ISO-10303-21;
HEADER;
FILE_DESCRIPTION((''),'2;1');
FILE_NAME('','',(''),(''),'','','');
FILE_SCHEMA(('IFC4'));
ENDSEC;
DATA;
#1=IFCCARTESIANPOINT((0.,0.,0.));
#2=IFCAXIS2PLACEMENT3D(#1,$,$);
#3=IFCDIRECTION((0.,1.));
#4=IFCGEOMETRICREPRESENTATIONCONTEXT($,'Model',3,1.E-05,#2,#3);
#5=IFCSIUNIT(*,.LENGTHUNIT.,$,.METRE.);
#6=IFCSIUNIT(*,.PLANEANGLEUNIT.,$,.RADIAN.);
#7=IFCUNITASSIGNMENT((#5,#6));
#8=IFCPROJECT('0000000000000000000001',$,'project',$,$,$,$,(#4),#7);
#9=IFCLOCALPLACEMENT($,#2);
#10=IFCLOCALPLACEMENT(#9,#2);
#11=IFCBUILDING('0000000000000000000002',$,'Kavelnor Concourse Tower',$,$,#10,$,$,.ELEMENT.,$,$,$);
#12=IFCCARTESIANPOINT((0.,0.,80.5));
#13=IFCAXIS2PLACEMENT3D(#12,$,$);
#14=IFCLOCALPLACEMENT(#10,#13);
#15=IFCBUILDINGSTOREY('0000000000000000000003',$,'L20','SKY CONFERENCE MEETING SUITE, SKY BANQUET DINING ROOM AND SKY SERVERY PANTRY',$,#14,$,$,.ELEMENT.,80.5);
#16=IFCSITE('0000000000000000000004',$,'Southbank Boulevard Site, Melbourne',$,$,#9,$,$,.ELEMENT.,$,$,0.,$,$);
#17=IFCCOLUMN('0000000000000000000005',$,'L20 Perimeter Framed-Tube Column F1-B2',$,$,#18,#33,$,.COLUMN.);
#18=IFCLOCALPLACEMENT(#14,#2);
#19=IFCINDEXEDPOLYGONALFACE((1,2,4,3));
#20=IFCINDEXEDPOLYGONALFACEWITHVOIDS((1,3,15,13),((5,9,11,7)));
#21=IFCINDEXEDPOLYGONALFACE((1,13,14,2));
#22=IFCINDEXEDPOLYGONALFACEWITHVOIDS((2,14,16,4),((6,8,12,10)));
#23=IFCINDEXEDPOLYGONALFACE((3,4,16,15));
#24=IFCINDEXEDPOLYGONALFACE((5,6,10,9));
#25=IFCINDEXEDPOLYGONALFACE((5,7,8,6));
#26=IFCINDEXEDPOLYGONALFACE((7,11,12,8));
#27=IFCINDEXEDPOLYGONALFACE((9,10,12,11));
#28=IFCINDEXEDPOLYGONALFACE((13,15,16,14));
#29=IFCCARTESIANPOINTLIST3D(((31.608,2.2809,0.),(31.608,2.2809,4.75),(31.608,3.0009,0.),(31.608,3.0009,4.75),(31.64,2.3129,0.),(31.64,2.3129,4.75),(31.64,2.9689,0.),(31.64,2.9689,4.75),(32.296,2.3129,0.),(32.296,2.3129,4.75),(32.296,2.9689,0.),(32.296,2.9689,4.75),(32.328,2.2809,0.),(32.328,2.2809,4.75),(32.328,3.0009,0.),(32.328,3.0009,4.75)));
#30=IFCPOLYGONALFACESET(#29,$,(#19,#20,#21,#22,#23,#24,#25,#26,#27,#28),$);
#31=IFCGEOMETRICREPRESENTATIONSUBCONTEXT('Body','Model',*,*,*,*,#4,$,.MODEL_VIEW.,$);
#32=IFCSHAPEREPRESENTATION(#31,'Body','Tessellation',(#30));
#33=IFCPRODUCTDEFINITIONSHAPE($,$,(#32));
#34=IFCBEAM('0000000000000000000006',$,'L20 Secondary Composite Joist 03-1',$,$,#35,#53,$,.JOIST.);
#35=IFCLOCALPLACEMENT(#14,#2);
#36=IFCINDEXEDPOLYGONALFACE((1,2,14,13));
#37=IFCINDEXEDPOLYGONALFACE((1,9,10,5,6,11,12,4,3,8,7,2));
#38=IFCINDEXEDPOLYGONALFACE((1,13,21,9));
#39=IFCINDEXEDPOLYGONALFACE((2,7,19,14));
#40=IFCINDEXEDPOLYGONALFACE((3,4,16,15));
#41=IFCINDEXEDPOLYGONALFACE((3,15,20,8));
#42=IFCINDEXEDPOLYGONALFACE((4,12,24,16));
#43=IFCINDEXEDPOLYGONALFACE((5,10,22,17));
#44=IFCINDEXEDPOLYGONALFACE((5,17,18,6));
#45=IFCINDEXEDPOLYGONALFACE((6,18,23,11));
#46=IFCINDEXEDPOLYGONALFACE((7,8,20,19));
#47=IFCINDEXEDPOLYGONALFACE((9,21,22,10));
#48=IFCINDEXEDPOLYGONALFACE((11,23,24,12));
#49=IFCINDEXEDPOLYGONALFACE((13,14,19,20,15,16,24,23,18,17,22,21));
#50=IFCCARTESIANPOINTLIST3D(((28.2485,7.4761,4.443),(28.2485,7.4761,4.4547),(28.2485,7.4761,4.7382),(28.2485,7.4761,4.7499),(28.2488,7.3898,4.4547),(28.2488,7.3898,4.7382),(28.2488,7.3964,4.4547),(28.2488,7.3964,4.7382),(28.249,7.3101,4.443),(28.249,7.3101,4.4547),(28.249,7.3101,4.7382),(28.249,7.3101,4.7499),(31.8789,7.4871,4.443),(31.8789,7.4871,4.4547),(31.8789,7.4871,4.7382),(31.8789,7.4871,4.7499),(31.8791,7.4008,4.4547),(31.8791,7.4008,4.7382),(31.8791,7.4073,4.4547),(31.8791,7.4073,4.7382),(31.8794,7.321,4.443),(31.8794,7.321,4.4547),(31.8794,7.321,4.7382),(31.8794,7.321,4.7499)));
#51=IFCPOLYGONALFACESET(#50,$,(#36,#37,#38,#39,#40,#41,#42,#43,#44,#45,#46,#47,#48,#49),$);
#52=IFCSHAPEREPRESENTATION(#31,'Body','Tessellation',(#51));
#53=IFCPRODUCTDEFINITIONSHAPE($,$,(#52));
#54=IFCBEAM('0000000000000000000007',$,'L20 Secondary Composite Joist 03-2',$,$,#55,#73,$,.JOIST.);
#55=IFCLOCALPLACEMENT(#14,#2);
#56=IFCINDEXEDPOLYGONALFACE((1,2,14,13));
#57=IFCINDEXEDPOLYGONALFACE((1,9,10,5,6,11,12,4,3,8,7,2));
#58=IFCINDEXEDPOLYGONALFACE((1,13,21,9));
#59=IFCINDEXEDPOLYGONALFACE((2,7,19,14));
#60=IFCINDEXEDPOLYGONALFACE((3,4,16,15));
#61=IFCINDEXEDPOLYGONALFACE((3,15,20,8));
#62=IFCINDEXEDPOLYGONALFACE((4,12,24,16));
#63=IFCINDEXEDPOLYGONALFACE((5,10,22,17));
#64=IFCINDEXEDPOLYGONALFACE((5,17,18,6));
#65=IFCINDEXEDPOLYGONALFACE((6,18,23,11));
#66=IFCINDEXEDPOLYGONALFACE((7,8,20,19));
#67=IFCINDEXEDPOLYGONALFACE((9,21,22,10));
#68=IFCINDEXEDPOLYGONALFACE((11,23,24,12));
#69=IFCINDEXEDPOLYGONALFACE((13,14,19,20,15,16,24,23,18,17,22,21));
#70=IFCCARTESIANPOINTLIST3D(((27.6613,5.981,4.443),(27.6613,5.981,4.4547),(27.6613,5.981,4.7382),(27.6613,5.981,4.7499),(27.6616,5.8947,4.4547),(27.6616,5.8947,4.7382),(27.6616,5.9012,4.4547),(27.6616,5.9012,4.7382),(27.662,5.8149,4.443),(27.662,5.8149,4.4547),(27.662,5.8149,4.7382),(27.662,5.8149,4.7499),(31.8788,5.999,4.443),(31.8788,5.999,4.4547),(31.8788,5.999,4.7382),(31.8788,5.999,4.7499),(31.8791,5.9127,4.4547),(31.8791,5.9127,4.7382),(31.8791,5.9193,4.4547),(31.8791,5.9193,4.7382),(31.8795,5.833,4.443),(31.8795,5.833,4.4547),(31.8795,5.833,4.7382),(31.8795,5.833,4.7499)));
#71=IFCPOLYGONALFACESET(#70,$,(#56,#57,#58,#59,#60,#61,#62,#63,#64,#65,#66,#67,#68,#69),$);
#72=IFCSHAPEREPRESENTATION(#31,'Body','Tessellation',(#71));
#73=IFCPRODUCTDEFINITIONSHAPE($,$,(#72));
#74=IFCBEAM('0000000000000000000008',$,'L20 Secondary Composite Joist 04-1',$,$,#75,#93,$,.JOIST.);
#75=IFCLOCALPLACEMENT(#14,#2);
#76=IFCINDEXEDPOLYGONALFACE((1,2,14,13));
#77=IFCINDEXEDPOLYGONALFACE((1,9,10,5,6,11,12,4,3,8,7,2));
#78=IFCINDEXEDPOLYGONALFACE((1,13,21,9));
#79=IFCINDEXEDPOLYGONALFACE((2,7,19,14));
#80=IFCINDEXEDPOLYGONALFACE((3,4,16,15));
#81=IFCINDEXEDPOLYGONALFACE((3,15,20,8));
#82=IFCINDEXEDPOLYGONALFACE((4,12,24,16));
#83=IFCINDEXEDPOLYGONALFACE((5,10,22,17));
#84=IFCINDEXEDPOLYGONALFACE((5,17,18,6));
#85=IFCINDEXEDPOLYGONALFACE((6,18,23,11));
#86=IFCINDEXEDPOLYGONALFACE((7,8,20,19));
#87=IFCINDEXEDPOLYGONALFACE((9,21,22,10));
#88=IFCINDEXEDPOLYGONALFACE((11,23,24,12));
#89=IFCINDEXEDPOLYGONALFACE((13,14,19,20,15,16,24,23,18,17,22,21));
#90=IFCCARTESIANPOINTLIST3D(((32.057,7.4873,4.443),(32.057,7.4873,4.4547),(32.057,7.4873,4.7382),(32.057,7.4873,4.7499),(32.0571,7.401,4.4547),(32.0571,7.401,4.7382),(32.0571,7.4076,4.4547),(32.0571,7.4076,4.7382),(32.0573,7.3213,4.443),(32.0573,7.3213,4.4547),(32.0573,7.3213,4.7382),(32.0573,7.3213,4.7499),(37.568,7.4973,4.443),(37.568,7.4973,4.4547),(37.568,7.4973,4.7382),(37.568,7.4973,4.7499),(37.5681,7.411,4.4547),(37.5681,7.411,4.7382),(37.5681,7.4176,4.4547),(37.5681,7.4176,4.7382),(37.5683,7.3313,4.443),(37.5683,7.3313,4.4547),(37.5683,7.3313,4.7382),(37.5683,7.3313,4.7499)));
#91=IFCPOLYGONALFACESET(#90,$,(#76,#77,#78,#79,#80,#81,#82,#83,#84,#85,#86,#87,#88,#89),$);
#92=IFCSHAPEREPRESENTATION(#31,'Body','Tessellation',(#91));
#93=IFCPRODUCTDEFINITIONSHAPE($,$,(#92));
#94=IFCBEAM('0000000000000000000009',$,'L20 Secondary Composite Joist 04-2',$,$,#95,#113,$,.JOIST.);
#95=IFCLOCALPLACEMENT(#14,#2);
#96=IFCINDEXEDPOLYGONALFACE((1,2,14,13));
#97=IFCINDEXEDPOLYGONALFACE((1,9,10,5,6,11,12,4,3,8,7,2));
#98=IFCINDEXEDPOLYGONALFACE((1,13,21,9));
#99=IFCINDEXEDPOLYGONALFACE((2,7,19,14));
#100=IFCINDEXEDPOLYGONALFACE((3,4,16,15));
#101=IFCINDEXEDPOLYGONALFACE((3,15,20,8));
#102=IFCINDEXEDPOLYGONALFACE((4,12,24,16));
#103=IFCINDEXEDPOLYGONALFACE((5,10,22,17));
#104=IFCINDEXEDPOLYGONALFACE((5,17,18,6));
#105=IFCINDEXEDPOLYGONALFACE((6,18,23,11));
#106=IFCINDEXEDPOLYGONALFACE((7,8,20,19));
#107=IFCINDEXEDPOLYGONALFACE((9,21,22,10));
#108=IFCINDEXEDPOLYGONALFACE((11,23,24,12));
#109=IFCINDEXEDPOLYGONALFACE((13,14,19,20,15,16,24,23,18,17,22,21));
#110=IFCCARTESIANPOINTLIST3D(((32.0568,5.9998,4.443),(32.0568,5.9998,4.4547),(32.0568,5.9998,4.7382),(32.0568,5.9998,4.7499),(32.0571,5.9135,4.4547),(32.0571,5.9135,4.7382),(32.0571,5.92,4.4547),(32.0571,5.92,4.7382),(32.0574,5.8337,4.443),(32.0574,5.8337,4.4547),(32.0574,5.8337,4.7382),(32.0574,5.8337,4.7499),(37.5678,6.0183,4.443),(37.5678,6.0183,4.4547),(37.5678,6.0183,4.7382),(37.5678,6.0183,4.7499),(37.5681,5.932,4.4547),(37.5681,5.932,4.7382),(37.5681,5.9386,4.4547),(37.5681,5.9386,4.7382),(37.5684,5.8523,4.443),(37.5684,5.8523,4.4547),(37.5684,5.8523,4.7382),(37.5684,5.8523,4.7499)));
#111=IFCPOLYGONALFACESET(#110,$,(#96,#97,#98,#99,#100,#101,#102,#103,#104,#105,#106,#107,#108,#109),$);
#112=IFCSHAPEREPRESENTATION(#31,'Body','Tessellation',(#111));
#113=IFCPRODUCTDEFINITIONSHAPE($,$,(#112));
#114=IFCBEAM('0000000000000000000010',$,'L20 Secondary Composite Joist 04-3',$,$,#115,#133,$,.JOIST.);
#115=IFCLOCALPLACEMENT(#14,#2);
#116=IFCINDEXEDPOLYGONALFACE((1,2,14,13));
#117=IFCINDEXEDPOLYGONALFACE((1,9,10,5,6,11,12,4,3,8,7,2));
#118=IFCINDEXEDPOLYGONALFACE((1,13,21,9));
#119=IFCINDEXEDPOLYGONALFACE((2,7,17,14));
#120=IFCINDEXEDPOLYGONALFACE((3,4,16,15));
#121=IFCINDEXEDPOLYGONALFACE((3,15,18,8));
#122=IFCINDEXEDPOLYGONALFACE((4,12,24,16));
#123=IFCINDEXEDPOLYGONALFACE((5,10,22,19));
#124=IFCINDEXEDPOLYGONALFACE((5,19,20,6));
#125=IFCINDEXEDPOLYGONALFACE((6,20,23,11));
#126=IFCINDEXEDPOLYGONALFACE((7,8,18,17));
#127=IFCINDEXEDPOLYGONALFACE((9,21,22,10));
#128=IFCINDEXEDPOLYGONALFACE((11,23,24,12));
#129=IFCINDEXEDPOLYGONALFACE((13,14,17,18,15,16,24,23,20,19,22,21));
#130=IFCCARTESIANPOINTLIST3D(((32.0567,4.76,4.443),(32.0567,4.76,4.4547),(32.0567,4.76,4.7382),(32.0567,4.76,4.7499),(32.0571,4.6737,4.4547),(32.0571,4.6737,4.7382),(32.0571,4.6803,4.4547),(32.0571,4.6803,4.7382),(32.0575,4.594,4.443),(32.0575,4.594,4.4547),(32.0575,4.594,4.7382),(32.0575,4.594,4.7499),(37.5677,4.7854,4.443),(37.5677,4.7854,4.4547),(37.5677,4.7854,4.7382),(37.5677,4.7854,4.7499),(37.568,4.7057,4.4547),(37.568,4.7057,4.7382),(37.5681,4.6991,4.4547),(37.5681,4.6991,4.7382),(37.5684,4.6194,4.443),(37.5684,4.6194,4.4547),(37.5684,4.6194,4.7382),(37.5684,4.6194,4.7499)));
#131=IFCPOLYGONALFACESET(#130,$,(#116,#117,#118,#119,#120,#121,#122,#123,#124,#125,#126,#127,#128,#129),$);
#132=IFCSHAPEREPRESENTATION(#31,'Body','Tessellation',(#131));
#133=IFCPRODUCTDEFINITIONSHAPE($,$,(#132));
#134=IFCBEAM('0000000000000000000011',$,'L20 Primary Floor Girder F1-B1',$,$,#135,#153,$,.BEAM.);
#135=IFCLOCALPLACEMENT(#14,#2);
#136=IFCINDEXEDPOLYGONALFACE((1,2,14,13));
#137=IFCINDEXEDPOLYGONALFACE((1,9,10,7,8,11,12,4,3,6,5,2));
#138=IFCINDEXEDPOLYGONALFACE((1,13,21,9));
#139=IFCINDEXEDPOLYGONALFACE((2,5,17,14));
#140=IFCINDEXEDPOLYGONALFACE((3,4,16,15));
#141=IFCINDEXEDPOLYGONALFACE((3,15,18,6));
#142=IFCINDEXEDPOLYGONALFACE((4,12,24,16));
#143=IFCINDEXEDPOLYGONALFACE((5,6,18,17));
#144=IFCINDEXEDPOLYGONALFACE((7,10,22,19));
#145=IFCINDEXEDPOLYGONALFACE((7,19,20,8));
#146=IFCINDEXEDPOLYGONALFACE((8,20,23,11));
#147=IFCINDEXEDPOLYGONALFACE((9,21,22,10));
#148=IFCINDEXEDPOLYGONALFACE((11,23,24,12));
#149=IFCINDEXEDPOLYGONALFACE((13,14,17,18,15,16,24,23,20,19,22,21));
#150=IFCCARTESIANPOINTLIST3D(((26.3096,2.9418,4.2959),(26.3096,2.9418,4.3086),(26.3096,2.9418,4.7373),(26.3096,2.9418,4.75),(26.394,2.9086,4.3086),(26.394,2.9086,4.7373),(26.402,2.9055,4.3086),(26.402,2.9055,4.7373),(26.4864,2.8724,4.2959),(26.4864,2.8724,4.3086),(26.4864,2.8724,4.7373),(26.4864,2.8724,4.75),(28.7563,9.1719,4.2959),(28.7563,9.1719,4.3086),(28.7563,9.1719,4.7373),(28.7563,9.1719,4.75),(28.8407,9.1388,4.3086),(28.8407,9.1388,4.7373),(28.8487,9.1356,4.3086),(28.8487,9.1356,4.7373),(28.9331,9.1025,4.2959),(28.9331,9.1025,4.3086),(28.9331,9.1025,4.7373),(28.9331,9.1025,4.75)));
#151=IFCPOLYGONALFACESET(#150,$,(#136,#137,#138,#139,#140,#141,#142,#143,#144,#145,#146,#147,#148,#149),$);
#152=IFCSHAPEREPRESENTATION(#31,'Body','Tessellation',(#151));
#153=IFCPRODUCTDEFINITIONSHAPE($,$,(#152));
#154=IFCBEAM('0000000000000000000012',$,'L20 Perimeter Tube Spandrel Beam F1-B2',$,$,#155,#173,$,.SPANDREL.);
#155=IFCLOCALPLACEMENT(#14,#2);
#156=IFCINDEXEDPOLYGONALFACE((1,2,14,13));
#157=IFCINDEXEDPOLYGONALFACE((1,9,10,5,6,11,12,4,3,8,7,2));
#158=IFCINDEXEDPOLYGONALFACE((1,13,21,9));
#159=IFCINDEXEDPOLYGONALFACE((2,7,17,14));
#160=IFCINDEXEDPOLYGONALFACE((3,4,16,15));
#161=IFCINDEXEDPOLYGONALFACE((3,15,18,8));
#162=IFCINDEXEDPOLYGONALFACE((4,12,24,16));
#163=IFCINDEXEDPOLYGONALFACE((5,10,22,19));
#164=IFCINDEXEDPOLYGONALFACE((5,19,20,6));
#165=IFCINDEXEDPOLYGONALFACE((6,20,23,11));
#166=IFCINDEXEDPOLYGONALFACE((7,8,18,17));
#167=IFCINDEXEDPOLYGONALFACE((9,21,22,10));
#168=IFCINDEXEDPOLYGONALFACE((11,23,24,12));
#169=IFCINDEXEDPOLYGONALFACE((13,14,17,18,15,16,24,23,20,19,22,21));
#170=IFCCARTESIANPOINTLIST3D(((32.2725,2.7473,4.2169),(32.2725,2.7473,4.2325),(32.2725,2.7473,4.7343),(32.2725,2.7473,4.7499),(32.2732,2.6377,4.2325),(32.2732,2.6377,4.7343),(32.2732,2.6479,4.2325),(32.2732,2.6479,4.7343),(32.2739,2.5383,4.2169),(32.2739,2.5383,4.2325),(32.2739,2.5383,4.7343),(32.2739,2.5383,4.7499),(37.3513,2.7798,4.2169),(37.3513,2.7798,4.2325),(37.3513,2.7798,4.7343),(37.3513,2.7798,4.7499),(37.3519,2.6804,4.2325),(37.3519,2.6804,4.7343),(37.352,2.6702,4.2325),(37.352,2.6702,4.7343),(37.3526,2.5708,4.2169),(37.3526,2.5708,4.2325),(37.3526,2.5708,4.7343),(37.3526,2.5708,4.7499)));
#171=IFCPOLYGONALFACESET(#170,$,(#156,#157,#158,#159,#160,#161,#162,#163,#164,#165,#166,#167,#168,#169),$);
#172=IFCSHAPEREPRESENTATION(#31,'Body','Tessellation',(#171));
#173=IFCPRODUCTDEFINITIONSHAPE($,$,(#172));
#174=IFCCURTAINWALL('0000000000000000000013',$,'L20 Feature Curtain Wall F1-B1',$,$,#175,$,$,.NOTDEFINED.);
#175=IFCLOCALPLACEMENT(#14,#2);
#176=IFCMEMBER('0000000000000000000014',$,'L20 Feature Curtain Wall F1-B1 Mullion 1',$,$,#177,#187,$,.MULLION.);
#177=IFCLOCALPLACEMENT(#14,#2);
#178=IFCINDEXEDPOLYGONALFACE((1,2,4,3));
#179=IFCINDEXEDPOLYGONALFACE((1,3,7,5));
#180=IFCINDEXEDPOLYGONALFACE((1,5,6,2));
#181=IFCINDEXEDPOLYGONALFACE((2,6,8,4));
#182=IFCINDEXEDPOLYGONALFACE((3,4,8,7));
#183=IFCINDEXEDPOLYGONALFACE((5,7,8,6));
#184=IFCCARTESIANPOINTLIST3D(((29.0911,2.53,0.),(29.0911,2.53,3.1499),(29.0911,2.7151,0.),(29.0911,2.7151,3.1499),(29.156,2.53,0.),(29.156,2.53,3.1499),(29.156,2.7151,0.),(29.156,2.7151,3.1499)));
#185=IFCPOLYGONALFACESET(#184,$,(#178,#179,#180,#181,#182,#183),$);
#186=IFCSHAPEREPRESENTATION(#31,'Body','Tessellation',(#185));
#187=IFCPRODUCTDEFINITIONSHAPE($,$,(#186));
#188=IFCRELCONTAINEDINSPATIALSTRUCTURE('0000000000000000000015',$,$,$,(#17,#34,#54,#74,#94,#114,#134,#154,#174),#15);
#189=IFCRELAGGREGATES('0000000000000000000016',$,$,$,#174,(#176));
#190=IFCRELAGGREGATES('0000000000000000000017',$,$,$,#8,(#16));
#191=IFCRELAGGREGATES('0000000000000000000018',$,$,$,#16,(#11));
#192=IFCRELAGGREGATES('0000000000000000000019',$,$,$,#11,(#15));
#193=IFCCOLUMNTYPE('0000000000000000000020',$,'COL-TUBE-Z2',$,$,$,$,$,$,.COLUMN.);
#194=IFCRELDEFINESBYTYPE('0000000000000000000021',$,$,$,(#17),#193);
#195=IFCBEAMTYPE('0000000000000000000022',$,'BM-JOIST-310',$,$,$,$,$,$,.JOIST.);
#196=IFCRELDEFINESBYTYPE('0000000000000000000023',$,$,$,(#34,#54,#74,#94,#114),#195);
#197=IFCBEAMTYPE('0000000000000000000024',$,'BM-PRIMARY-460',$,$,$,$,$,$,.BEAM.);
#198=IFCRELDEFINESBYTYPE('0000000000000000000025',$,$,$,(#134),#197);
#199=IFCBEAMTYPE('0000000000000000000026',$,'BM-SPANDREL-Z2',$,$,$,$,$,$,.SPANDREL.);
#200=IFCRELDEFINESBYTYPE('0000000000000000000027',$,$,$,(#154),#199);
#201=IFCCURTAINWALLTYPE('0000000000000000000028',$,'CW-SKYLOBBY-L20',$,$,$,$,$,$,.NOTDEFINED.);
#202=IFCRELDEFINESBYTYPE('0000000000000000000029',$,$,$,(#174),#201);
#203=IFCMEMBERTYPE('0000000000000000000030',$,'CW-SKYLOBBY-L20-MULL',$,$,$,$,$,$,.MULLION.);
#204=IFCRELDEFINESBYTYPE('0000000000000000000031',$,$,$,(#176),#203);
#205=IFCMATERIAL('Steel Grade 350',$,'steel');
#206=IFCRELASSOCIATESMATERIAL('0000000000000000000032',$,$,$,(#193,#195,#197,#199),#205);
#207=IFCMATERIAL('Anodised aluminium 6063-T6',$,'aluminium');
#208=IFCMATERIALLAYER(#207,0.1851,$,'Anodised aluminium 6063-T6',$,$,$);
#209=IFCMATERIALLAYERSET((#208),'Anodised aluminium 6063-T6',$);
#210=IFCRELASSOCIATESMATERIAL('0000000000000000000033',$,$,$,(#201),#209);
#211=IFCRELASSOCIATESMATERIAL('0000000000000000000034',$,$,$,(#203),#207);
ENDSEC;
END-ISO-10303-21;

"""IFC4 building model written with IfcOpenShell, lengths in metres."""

from ifc_helpers import new_model, si_unit, direction, frame, origin, origin_2d, place, context, subcontext, project, spatial, rectangle, hollow_rectangle, i_section, extrude, material, layer, layer_set, material_profile, profile_set, type_object, element, aggregate, save


model = new_model("IFC4")

# Units and contexts
model_context = context("Model", 3, precision=1e-05, world=origin(), true_north=direction((0.0, 1.0)))
body_context = subcontext(model_context, "Body", "Model", "MODEL_VIEW")
ifc_project = project(units=[si_unit("LENGTHUNIT", "METRE"), si_unit("PLANEANGLEUNIT", "RADIAN")], contexts=[model_context])

# Site, building, storey
site_placement = place(None, origin())
site = spatial("IfcSite", under=ifc_project, at=site_placement, Name="Southbank Boulevard Site, Melbourne", CompositionType="ELEMENT", RefElevation=0.0)
building_placement = place(site_placement, origin())
building = spatial("IfcBuilding", under=site, at=building_placement, Name="Kavelnor Concourse Tower", CompositionType="ELEMENT")
storey_placement = place(building_placement, frame((0.0, 0.0, 80.5)))
storey = spatial("IfcBuildingStorey", under=building, at=storey_placement, Name="L20", Description="SKY CONFERENCE MEETING SUITE, SKY BANQUET DINING ROOM AND SKY SERVERY PANTRY", CompositionType="ELEMENT", Elevation=80.5)

# Column
ifc_material_1 = material(Name="Steel Grade 350", Category="steel")
ifc_material_profile_1 = material_profile(ifc_material_1, hollow_rectangle(XDim=0.72, YDim=0.72, WallThickness=0.032, at=origin_2d()), Name="SHS 720x720x32")
ifc_profile_set_1 = profile_set([ifc_material_profile_1], Name="Steel Grade 350")
column_type = type_object("IfcColumnType", Name="COL-TUBE-Z2", PredefinedType="COLUMN", material=ifc_profile_set_1)
column_placement = place(storey_placement, frame((31.968, 2.6409, 0.0), z_axis=(0.0, 0.0, 1.0), x_axis=(1.0, 0.0, 0.0)))
element("IfcColumn", 1, at=column_placement, inside=storey, type_object=column_type, Name="L20 Perimeter Framed-Tube Column F1-B2", PredefinedType="COLUMN", context=body_context, shape_type="SweptSolid", body=[
    extrude(hollow_rectangle(XDim=0.72, YDim=0.72, WallThickness=0.032, at=origin_2d()), origin(), (0.0, 0.0, 1.0), 4.75),
])

# Beams
ifc_material_profile_2 = material_profile(ifc_material_1, i_section(OverallWidth=0.166, OverallDepth=0.3069, WebThickness=0.0066, FlangeThickness=0.0117, at=origin_2d()), Name="310UB46")
ifc_profile_set_2 = profile_set([ifc_material_profile_2], Name="Steel Grade 350")
beam_type_1 = type_object("IfcBeamType", Name="BM-JOIST-310", PredefinedType="JOIST", material=ifc_profile_set_2)
beam_1_placement = place(storey_placement, frame((28.2488, 7.3931, 4.5964), z_axis=(0.999995, 0.003026, 0.0), x_axis=(-0.003026, 0.999995, 0.0)))
element("IfcBeam", 2, at=beam_1_placement, inside=storey, type_object=beam_type_1, Name="L20 Secondary Composite Joist 03-1", PredefinedType="JOIST", context=body_context, shape_type="SweptSolid", body=[
    extrude(i_section(OverallWidth=0.166, OverallDepth=0.3069, WebThickness=0.0066, FlangeThickness=0.0117, at=origin_2d()), origin(), (0.0, 0.0, 1.0), 3.6304),
])
beam_2_placement = place(storey_placement, frame((27.6616, 5.8979, 4.5964), z_axis=(0.999991, 0.004284, 0.0), x_axis=(-0.004284, 0.999991, 0.0)))
element("IfcBeam", 3, at=beam_2_placement, inside=storey, type_object=beam_type_1, Name="L20 Secondary Composite Joist 03-2", PredefinedType="JOIST", context=body_context, shape_type="SweptSolid", body=[
    extrude(i_section(OverallWidth=0.166, OverallDepth=0.3069, WebThickness=0.0066, FlangeThickness=0.0117, at=origin_2d()), origin(), (0.0, 0.0, 1.0), 4.2175),
])
for number, where, z_axis, x_axis, name in (
    (4, (32.0571, 7.4043, 4.5964), (0.999998, 0.001816, 0.0), (-0.001816, 0.999998, 0.0), "L20 Secondary Composite Joist 04-1"),
    (5, (32.0571, 5.9167, 4.5964), (0.999994, 0.003367, 0.0), (-0.003367, 0.999994, 0.0), "L20 Secondary Composite Joist 04-2"),
    (6, (32.0571, 4.677, 4.5964), (0.999989, 0.004607, 0.0), (-0.004607, 0.999989, 0.0), "L20 Secondary Composite Joist 04-3"),
):
    element("IfcBeam", number, at=place(storey_placement, frame(where, z_axis=z_axis, x_axis=x_axis)), inside=storey, type_object=beam_type_1, Name=name, PredefinedType="JOIST", context=body_context, shape_type="SweptSolid", body=[
        extrude(i_section(OverallWidth=0.166, OverallDepth=0.3069, WebThickness=0.0066, FlangeThickness=0.0117, at=origin_2d()), origin(), (0.0, 0.0, 1.0), 5.511),
    ])
ifc_material_profile_3 = material_profile(ifc_material_1, i_section(OverallWidth=0.1899, OverallDepth=0.4541, WebThickness=0.0085, FlangeThickness=0.0127, at=origin_2d()), Name="460UB67")
ifc_profile_set_3 = profile_set([ifc_material_profile_3], Name="Steel Grade 350")
beam_type_2 = type_object("IfcBeamType", Name="BM-PRIMARY-460", PredefinedType="BEAM", material=ifc_profile_set_3)
beam_3_placement = place(storey_placement, frame((28.8447, 9.1372, 4.5229), z_axis=(-0.365547, -0.930793, 0.0), x_axis=(0.930793, -0.365547, 0.0)))
element("IfcBeam", 7, at=beam_3_placement, inside=storey, type_object=beam_type_2, Name="L20 Primary Floor Girder F1-B1", PredefinedType="BEAM", context=body_context, shape_type="SweptSolid", body=[
    extrude(i_section(OverallWidth=0.1899, OverallDepth=0.4541, WebThickness=0.0085, FlangeThickness=0.0127, at=origin_2d()), origin(), (0.0, 0.0, 1.0), 6.6934),
])
ifc_material_profile_4 = material_profile(ifc_material_1, i_section(OverallWidth=0.209, OverallDepth=0.533, WebThickness=0.0103, FlangeThickness=0.0156, at=origin_2d()), Name="530UB92")
ifc_profile_set_4 = profile_set([ifc_material_profile_4], Name="Steel Grade 350")
beam_type_3 = type_object("IfcBeamType", Name="BM-SPANDREL-Z2", PredefinedType="SPANDREL", material=ifc_profile_set_4)
beam_4_placement = place(storey_placement, frame((32.2732, 2.6428, 4.4834), z_axis=(0.99998, 0.006393, 0.0), x_axis=(-0.006393, 0.99998, 0.0)))
element("IfcBeam", 8, at=beam_4_placement, inside=storey, type_object=beam_type_3, Name="L20 Perimeter Tube Spandrel Beam F1-B2", PredefinedType="SPANDREL", context=body_context, shape_type="SweptSolid", body=[
    extrude(i_section(OverallWidth=0.209, OverallDepth=0.533, WebThickness=0.0103, FlangeThickness=0.0156, at=origin_2d()), origin(), (0.0, 0.0, 1.0), 5.0789),
])

# Curtain wall, member
ifc_material_2 = material(Name="Anodised aluminium 6063-T6", Category="aluminium")
ifc_layer_1 = layer(ifc_material_2, 0.1851, Name="Anodised aluminium 6063-T6")
ifc_layer_set_1 = layer_set([ifc_layer_1], Name="Anodised aluminium 6063-T6")
curtain_wall_type = type_object("IfcCurtainWallType", Name="CW-SKYLOBBY-L20", PredefinedType="NOTDEFINED", material=ifc_layer_set_1)
curtain_wall_placement = place(storey_placement, origin())
curtain_wall = element("IfcCurtainWall", 9, at=curtain_wall_placement, inside=storey, type_object=curtain_wall_type, Name="L20 Feature Curtain Wall F1-B1", PredefinedType="NOTDEFINED")
ifc_material_profile_5 = material_profile(ifc_material_2, rectangle(XDim=0.0649, YDim=0.1851, at=origin_2d()), Name="AL-MULL 65x185")
ifc_profile_set_5 = profile_set([ifc_material_profile_5], Name="Anodised aluminium 6063-T6")
member_type = type_object("IfcMemberType", Name="CW-SKYLOBBY-L20-MULL", PredefinedType="MULLION", material=ifc_profile_set_5)
member_1_placement = place(storey_placement, frame((29.1235, 2.6226, 0.0), z_axis=(0.0, 0.0, 1.0), x_axis=(1.0, 0.0, 0.0)))
member_1 = element("IfcMember", 10, at=member_1_placement, type_object=member_type, Name="L20 Feature Curtain Wall F1-B1 Mullion 1", PredefinedType="MULLION", context=body_context, shape_type="SweptSolid", body=[
    extrude(rectangle(XDim=0.0649, YDim=0.1851, at=origin_2d()), origin(), (0.0, 0.0, 1.0), 3.1499),
])
aggregate(curtain_wall, [member_1])

save(model, "model.ifc")
